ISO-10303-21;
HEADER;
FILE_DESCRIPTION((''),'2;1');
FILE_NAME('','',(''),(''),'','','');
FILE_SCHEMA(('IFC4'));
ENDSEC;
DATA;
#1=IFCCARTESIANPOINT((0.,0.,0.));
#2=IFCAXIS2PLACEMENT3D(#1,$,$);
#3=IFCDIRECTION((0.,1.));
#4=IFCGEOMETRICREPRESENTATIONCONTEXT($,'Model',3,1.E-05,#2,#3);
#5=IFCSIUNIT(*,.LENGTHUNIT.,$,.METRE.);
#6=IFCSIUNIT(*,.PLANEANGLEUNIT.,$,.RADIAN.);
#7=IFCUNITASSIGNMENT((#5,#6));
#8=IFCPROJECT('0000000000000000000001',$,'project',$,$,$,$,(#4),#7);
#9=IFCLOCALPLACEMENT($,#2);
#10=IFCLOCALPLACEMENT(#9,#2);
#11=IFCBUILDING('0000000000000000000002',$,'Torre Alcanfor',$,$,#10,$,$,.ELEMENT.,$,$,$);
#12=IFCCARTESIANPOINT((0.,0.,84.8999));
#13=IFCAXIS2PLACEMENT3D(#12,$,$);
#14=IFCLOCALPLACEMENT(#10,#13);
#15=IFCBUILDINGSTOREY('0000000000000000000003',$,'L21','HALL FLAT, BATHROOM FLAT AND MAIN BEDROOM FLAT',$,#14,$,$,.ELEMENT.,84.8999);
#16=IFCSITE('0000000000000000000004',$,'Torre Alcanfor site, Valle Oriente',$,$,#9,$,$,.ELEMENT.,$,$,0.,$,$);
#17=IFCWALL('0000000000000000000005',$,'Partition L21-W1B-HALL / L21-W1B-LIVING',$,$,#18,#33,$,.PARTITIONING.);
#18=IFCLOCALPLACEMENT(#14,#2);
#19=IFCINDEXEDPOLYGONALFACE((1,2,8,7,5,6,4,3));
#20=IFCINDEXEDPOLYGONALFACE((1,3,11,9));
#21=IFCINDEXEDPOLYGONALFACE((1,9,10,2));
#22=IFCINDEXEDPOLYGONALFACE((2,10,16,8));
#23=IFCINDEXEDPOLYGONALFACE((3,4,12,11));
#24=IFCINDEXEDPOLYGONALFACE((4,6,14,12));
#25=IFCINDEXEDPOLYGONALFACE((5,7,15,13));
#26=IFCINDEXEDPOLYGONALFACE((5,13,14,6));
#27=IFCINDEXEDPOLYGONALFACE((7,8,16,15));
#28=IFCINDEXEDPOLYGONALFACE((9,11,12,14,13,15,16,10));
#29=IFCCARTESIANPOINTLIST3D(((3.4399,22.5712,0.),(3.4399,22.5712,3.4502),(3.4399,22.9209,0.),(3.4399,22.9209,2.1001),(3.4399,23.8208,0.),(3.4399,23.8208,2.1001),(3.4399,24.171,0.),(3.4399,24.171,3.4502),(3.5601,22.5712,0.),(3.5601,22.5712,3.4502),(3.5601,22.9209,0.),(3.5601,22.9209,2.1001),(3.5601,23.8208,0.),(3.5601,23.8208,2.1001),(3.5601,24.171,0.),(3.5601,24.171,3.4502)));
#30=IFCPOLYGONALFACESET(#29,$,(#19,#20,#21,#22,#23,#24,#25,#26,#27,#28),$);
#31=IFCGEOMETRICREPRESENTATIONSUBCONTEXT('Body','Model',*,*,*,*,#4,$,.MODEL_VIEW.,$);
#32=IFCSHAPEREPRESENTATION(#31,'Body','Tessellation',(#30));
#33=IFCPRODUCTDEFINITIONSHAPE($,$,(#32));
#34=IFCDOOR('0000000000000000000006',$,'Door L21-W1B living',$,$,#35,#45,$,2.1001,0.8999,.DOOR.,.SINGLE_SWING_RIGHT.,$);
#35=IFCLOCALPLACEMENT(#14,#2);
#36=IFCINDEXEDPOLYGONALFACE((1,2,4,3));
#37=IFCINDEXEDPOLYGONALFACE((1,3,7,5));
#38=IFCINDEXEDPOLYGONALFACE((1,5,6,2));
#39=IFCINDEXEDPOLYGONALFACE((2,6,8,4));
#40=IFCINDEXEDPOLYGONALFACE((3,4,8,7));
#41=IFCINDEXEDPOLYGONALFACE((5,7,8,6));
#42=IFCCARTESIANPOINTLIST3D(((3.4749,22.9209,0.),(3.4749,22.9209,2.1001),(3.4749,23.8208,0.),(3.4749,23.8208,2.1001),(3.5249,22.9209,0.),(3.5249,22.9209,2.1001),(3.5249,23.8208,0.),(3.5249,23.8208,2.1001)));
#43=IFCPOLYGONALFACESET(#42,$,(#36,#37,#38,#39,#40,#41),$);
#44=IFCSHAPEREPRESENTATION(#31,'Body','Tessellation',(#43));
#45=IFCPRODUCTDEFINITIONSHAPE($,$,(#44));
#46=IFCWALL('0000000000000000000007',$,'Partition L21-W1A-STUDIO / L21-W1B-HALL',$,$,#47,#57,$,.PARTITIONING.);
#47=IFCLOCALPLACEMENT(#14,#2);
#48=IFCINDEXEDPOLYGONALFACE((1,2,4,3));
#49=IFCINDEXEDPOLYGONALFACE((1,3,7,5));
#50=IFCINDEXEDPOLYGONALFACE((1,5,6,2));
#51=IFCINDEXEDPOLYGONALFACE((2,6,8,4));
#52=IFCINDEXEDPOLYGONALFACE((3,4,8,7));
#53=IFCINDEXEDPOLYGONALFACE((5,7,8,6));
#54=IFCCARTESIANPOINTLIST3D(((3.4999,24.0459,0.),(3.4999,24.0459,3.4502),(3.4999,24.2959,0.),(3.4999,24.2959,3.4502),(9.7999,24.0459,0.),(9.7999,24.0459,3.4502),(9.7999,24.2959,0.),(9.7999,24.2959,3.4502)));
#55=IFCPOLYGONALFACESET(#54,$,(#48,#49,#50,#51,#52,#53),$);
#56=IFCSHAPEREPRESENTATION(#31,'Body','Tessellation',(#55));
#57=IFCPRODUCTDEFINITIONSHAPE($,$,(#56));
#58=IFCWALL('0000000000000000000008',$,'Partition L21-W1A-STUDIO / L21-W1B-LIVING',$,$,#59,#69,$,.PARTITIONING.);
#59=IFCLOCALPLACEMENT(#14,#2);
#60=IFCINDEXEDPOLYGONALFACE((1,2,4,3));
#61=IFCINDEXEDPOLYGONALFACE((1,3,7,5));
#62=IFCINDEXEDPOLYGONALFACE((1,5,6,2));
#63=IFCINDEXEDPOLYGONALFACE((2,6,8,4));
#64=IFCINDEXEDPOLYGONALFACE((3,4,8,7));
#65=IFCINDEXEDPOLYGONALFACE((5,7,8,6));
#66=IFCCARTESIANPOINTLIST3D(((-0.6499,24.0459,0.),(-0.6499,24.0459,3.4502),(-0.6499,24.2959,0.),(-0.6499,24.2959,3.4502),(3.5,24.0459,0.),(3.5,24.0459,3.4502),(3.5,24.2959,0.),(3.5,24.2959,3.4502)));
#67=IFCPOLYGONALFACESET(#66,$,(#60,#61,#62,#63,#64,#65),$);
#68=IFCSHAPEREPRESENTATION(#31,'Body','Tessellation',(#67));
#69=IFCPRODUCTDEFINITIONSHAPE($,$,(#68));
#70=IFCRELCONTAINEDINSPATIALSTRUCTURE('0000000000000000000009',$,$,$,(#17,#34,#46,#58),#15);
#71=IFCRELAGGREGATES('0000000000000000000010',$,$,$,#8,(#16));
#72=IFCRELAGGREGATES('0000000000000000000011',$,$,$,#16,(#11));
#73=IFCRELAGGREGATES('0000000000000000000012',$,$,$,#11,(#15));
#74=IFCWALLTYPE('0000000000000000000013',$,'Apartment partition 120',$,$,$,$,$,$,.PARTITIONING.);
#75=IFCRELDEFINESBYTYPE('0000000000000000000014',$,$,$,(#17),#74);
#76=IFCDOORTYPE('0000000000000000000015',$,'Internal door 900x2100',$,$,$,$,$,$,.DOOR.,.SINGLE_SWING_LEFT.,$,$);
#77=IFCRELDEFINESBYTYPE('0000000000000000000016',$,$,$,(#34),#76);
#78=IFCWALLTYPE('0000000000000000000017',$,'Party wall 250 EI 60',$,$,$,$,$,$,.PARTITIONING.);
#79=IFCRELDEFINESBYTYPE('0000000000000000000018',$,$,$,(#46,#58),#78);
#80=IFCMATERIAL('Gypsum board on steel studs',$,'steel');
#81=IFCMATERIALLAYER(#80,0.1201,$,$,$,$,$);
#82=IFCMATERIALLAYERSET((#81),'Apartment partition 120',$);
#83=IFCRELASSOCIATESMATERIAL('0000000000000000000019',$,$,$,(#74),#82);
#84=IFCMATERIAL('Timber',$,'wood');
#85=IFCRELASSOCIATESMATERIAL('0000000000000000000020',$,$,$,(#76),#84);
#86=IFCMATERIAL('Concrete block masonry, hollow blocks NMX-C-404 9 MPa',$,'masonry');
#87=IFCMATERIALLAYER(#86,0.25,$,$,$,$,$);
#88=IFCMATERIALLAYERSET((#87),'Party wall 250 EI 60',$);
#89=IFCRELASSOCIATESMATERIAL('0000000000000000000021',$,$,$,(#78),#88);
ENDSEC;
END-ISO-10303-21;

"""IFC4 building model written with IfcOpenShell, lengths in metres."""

from ifc_helpers import new_model, si_unit, direction, frame, frame_2d, origin, place, context, subcontext, project, spatial, rectangle, extrude, material, layer, layer_set, type_object, element, fill, save


model = new_model("IFC4")

# Units and contexts
model_context = context("Model", 3, precision=1e-05, world=origin(), true_north=direction((0.0, 1.0)))
body_context = subcontext(model_context, "Body", "Model", "MODEL_VIEW")
ifc_project = project(units=[si_unit("LENGTHUNIT", "METRE"), si_unit("PLANEANGLEUNIT", "RADIAN")], contexts=[model_context])

# Site, building, storey
site_placement = place(None, origin())
site = spatial("IfcSite", under=ifc_project, at=site_placement, Name="Torre Alcanfor site, Valle Oriente", CompositionType="ELEMENT", RefElevation=0.0)
building_placement = place(site_placement, origin())
building = spatial("IfcBuilding", under=site, at=building_placement, Name="Torre Alcanfor", CompositionType="ELEMENT")
storey_placement = place(building_placement, frame((0.0, 0.0, 84.8999)))
storey = spatial("IfcBuildingStorey", under=building, at=storey_placement, Name="L21", Description="HALL FLAT, BATHROOM FLAT AND MAIN BEDROOM FLAT", CompositionType="ELEMENT", Elevation=84.8999)

# Shared definitions
ifc_material_1 = material(Name="Gypsum board on steel studs", Category="steel")
ifc_layer_1 = layer(ifc_material_1, 0.1201)
ifc_layer_set_1 = layer_set([ifc_layer_1], Name="Apartment partition 120")
wall_type_1 = type_object("IfcWallType", Name="Apartment partition 120", PredefinedType="PARTITIONING", material=ifc_layer_set_1)

# Wall, opening, door
wall_1_placement = place(storey_placement, frame((3.5, 24.1709, 0.0), z_axis=(0.0, 0.0, 1.0), x_axis=(0.0, -1.0, 0.0)))
wall_1 = element("IfcWall", 1, at=wall_1_placement, inside=storey, type_object=wall_type_1, Name="Partition L21-W1B-HALL / L21-W1B-LIVING", PredefinedType="PARTITIONING", context=body_context, shape_type="SweptSolid", body=[
    extrude(rectangle(XDim=1.5999, YDim=0.1201, at=frame_2d((0.7998, 0.0))), origin(), (0.0, 0.0, 1.0), 3.4502),
])
opening_placement = place(wall_1_placement, frame((0.3501, 0.0, 0.0)))
opening = element("IfcOpeningElement", 2, at=opening_placement, cuts=wall_1, PredefinedType="OPENING", context=body_context, shape_type="SweptSolid", body=[
    extrude(rectangle(XDim=0.8999, YDim=2.1001, at=frame_2d((0.45, 1.05))), frame((0.0, 0.0701, 0.0), z_axis=(0.0, -1.0, 0.0), x_axis=(1.0, 0.0, 0.0)), (0.0, 0.0, 1.0), 0.1401),
])
ifc_material_2 = material(Name="Timber", Category="wood")
door_type = type_object("IfcDoorType", Name="Internal door 900x2100", OperationType="SINGLE_SWING_LEFT", PredefinedType="DOOR", material=ifc_material_2)
door_placement = place(opening_placement, frame((0.8999, 0.0, 0.0), z_axis=(0.0, 0.0, 1.0), x_axis=(-1.0, 0.0, 0.0)))
door = element("IfcDoor", 3, at=door_placement, inside=storey, type_object=door_type, Name="Door L21-W1B living", OperationType="SINGLE_SWING_RIGHT", OverallHeight=2.1001, OverallWidth=0.8999, PredefinedType="DOOR", context=body_context, shape_type="SweptSolid", body=[
    extrude(rectangle(XDim=0.8999, YDim=2.1001, at=frame_2d((0.45, 1.05))), frame((0.0, 0.0251, 0.0), z_axis=(0.0, -1.0, 0.0), x_axis=(1.0, 0.0, 0.0)), (0.0, 0.0, 1.0), 0.05),
])
fill(opening, door)

# Walls
ifc_material_3 = material(Name="Concrete block masonry, hollow blocks NMX-C-404 9 MPa", Category="masonry")
ifc_layer_2 = layer(ifc_material_3, 0.25)
ifc_layer_set_2 = layer_set([ifc_layer_2], Name="Party wall 250 EI 60")
wall_type_2 = type_object("IfcWallType", Name="Party wall 250 EI 60", PredefinedType="PARTITIONING", material=ifc_layer_set_2)
wall_2_placement = place(storey_placement, frame((3.5, 24.1709, 0.0), z_axis=(0.0, 0.0, 1.0), x_axis=(1.0, 0.0, 0.0)))
element("IfcWall", 4, at=wall_2_placement, inside=storey, type_object=wall_type_2, Name="Partition L21-W1A-STUDIO / L21-W1B-HALL", PredefinedType="PARTITIONING", context=body_context, shape_type="SweptSolid", body=[
    extrude(rectangle(XDim=6.3, YDim=0.25, at=frame_2d((3.1499, 0.0))), origin(), (0.0, 0.0, 1.0), 3.4502),
])
wall_3_placement = place(storey_placement, frame((-0.6499, 24.1709, 0.0), z_axis=(0.0, 0.0, 1.0), x_axis=(1.0, 0.0, 0.0)))
element("IfcWall", 5, at=wall_3_placement, inside=storey, type_object=wall_type_2, Name="Partition L21-W1A-STUDIO / L21-W1B-LIVING", PredefinedType="PARTITIONING", context=body_context, shape_type="SweptSolid", body=[
    extrude(rectangle(XDim=4.1499, YDim=0.25, at=frame_2d((2.075, 0.0))), origin(), (0.0, 0.0, 1.0), 3.4502),
])

save(model, "model.ifc")
